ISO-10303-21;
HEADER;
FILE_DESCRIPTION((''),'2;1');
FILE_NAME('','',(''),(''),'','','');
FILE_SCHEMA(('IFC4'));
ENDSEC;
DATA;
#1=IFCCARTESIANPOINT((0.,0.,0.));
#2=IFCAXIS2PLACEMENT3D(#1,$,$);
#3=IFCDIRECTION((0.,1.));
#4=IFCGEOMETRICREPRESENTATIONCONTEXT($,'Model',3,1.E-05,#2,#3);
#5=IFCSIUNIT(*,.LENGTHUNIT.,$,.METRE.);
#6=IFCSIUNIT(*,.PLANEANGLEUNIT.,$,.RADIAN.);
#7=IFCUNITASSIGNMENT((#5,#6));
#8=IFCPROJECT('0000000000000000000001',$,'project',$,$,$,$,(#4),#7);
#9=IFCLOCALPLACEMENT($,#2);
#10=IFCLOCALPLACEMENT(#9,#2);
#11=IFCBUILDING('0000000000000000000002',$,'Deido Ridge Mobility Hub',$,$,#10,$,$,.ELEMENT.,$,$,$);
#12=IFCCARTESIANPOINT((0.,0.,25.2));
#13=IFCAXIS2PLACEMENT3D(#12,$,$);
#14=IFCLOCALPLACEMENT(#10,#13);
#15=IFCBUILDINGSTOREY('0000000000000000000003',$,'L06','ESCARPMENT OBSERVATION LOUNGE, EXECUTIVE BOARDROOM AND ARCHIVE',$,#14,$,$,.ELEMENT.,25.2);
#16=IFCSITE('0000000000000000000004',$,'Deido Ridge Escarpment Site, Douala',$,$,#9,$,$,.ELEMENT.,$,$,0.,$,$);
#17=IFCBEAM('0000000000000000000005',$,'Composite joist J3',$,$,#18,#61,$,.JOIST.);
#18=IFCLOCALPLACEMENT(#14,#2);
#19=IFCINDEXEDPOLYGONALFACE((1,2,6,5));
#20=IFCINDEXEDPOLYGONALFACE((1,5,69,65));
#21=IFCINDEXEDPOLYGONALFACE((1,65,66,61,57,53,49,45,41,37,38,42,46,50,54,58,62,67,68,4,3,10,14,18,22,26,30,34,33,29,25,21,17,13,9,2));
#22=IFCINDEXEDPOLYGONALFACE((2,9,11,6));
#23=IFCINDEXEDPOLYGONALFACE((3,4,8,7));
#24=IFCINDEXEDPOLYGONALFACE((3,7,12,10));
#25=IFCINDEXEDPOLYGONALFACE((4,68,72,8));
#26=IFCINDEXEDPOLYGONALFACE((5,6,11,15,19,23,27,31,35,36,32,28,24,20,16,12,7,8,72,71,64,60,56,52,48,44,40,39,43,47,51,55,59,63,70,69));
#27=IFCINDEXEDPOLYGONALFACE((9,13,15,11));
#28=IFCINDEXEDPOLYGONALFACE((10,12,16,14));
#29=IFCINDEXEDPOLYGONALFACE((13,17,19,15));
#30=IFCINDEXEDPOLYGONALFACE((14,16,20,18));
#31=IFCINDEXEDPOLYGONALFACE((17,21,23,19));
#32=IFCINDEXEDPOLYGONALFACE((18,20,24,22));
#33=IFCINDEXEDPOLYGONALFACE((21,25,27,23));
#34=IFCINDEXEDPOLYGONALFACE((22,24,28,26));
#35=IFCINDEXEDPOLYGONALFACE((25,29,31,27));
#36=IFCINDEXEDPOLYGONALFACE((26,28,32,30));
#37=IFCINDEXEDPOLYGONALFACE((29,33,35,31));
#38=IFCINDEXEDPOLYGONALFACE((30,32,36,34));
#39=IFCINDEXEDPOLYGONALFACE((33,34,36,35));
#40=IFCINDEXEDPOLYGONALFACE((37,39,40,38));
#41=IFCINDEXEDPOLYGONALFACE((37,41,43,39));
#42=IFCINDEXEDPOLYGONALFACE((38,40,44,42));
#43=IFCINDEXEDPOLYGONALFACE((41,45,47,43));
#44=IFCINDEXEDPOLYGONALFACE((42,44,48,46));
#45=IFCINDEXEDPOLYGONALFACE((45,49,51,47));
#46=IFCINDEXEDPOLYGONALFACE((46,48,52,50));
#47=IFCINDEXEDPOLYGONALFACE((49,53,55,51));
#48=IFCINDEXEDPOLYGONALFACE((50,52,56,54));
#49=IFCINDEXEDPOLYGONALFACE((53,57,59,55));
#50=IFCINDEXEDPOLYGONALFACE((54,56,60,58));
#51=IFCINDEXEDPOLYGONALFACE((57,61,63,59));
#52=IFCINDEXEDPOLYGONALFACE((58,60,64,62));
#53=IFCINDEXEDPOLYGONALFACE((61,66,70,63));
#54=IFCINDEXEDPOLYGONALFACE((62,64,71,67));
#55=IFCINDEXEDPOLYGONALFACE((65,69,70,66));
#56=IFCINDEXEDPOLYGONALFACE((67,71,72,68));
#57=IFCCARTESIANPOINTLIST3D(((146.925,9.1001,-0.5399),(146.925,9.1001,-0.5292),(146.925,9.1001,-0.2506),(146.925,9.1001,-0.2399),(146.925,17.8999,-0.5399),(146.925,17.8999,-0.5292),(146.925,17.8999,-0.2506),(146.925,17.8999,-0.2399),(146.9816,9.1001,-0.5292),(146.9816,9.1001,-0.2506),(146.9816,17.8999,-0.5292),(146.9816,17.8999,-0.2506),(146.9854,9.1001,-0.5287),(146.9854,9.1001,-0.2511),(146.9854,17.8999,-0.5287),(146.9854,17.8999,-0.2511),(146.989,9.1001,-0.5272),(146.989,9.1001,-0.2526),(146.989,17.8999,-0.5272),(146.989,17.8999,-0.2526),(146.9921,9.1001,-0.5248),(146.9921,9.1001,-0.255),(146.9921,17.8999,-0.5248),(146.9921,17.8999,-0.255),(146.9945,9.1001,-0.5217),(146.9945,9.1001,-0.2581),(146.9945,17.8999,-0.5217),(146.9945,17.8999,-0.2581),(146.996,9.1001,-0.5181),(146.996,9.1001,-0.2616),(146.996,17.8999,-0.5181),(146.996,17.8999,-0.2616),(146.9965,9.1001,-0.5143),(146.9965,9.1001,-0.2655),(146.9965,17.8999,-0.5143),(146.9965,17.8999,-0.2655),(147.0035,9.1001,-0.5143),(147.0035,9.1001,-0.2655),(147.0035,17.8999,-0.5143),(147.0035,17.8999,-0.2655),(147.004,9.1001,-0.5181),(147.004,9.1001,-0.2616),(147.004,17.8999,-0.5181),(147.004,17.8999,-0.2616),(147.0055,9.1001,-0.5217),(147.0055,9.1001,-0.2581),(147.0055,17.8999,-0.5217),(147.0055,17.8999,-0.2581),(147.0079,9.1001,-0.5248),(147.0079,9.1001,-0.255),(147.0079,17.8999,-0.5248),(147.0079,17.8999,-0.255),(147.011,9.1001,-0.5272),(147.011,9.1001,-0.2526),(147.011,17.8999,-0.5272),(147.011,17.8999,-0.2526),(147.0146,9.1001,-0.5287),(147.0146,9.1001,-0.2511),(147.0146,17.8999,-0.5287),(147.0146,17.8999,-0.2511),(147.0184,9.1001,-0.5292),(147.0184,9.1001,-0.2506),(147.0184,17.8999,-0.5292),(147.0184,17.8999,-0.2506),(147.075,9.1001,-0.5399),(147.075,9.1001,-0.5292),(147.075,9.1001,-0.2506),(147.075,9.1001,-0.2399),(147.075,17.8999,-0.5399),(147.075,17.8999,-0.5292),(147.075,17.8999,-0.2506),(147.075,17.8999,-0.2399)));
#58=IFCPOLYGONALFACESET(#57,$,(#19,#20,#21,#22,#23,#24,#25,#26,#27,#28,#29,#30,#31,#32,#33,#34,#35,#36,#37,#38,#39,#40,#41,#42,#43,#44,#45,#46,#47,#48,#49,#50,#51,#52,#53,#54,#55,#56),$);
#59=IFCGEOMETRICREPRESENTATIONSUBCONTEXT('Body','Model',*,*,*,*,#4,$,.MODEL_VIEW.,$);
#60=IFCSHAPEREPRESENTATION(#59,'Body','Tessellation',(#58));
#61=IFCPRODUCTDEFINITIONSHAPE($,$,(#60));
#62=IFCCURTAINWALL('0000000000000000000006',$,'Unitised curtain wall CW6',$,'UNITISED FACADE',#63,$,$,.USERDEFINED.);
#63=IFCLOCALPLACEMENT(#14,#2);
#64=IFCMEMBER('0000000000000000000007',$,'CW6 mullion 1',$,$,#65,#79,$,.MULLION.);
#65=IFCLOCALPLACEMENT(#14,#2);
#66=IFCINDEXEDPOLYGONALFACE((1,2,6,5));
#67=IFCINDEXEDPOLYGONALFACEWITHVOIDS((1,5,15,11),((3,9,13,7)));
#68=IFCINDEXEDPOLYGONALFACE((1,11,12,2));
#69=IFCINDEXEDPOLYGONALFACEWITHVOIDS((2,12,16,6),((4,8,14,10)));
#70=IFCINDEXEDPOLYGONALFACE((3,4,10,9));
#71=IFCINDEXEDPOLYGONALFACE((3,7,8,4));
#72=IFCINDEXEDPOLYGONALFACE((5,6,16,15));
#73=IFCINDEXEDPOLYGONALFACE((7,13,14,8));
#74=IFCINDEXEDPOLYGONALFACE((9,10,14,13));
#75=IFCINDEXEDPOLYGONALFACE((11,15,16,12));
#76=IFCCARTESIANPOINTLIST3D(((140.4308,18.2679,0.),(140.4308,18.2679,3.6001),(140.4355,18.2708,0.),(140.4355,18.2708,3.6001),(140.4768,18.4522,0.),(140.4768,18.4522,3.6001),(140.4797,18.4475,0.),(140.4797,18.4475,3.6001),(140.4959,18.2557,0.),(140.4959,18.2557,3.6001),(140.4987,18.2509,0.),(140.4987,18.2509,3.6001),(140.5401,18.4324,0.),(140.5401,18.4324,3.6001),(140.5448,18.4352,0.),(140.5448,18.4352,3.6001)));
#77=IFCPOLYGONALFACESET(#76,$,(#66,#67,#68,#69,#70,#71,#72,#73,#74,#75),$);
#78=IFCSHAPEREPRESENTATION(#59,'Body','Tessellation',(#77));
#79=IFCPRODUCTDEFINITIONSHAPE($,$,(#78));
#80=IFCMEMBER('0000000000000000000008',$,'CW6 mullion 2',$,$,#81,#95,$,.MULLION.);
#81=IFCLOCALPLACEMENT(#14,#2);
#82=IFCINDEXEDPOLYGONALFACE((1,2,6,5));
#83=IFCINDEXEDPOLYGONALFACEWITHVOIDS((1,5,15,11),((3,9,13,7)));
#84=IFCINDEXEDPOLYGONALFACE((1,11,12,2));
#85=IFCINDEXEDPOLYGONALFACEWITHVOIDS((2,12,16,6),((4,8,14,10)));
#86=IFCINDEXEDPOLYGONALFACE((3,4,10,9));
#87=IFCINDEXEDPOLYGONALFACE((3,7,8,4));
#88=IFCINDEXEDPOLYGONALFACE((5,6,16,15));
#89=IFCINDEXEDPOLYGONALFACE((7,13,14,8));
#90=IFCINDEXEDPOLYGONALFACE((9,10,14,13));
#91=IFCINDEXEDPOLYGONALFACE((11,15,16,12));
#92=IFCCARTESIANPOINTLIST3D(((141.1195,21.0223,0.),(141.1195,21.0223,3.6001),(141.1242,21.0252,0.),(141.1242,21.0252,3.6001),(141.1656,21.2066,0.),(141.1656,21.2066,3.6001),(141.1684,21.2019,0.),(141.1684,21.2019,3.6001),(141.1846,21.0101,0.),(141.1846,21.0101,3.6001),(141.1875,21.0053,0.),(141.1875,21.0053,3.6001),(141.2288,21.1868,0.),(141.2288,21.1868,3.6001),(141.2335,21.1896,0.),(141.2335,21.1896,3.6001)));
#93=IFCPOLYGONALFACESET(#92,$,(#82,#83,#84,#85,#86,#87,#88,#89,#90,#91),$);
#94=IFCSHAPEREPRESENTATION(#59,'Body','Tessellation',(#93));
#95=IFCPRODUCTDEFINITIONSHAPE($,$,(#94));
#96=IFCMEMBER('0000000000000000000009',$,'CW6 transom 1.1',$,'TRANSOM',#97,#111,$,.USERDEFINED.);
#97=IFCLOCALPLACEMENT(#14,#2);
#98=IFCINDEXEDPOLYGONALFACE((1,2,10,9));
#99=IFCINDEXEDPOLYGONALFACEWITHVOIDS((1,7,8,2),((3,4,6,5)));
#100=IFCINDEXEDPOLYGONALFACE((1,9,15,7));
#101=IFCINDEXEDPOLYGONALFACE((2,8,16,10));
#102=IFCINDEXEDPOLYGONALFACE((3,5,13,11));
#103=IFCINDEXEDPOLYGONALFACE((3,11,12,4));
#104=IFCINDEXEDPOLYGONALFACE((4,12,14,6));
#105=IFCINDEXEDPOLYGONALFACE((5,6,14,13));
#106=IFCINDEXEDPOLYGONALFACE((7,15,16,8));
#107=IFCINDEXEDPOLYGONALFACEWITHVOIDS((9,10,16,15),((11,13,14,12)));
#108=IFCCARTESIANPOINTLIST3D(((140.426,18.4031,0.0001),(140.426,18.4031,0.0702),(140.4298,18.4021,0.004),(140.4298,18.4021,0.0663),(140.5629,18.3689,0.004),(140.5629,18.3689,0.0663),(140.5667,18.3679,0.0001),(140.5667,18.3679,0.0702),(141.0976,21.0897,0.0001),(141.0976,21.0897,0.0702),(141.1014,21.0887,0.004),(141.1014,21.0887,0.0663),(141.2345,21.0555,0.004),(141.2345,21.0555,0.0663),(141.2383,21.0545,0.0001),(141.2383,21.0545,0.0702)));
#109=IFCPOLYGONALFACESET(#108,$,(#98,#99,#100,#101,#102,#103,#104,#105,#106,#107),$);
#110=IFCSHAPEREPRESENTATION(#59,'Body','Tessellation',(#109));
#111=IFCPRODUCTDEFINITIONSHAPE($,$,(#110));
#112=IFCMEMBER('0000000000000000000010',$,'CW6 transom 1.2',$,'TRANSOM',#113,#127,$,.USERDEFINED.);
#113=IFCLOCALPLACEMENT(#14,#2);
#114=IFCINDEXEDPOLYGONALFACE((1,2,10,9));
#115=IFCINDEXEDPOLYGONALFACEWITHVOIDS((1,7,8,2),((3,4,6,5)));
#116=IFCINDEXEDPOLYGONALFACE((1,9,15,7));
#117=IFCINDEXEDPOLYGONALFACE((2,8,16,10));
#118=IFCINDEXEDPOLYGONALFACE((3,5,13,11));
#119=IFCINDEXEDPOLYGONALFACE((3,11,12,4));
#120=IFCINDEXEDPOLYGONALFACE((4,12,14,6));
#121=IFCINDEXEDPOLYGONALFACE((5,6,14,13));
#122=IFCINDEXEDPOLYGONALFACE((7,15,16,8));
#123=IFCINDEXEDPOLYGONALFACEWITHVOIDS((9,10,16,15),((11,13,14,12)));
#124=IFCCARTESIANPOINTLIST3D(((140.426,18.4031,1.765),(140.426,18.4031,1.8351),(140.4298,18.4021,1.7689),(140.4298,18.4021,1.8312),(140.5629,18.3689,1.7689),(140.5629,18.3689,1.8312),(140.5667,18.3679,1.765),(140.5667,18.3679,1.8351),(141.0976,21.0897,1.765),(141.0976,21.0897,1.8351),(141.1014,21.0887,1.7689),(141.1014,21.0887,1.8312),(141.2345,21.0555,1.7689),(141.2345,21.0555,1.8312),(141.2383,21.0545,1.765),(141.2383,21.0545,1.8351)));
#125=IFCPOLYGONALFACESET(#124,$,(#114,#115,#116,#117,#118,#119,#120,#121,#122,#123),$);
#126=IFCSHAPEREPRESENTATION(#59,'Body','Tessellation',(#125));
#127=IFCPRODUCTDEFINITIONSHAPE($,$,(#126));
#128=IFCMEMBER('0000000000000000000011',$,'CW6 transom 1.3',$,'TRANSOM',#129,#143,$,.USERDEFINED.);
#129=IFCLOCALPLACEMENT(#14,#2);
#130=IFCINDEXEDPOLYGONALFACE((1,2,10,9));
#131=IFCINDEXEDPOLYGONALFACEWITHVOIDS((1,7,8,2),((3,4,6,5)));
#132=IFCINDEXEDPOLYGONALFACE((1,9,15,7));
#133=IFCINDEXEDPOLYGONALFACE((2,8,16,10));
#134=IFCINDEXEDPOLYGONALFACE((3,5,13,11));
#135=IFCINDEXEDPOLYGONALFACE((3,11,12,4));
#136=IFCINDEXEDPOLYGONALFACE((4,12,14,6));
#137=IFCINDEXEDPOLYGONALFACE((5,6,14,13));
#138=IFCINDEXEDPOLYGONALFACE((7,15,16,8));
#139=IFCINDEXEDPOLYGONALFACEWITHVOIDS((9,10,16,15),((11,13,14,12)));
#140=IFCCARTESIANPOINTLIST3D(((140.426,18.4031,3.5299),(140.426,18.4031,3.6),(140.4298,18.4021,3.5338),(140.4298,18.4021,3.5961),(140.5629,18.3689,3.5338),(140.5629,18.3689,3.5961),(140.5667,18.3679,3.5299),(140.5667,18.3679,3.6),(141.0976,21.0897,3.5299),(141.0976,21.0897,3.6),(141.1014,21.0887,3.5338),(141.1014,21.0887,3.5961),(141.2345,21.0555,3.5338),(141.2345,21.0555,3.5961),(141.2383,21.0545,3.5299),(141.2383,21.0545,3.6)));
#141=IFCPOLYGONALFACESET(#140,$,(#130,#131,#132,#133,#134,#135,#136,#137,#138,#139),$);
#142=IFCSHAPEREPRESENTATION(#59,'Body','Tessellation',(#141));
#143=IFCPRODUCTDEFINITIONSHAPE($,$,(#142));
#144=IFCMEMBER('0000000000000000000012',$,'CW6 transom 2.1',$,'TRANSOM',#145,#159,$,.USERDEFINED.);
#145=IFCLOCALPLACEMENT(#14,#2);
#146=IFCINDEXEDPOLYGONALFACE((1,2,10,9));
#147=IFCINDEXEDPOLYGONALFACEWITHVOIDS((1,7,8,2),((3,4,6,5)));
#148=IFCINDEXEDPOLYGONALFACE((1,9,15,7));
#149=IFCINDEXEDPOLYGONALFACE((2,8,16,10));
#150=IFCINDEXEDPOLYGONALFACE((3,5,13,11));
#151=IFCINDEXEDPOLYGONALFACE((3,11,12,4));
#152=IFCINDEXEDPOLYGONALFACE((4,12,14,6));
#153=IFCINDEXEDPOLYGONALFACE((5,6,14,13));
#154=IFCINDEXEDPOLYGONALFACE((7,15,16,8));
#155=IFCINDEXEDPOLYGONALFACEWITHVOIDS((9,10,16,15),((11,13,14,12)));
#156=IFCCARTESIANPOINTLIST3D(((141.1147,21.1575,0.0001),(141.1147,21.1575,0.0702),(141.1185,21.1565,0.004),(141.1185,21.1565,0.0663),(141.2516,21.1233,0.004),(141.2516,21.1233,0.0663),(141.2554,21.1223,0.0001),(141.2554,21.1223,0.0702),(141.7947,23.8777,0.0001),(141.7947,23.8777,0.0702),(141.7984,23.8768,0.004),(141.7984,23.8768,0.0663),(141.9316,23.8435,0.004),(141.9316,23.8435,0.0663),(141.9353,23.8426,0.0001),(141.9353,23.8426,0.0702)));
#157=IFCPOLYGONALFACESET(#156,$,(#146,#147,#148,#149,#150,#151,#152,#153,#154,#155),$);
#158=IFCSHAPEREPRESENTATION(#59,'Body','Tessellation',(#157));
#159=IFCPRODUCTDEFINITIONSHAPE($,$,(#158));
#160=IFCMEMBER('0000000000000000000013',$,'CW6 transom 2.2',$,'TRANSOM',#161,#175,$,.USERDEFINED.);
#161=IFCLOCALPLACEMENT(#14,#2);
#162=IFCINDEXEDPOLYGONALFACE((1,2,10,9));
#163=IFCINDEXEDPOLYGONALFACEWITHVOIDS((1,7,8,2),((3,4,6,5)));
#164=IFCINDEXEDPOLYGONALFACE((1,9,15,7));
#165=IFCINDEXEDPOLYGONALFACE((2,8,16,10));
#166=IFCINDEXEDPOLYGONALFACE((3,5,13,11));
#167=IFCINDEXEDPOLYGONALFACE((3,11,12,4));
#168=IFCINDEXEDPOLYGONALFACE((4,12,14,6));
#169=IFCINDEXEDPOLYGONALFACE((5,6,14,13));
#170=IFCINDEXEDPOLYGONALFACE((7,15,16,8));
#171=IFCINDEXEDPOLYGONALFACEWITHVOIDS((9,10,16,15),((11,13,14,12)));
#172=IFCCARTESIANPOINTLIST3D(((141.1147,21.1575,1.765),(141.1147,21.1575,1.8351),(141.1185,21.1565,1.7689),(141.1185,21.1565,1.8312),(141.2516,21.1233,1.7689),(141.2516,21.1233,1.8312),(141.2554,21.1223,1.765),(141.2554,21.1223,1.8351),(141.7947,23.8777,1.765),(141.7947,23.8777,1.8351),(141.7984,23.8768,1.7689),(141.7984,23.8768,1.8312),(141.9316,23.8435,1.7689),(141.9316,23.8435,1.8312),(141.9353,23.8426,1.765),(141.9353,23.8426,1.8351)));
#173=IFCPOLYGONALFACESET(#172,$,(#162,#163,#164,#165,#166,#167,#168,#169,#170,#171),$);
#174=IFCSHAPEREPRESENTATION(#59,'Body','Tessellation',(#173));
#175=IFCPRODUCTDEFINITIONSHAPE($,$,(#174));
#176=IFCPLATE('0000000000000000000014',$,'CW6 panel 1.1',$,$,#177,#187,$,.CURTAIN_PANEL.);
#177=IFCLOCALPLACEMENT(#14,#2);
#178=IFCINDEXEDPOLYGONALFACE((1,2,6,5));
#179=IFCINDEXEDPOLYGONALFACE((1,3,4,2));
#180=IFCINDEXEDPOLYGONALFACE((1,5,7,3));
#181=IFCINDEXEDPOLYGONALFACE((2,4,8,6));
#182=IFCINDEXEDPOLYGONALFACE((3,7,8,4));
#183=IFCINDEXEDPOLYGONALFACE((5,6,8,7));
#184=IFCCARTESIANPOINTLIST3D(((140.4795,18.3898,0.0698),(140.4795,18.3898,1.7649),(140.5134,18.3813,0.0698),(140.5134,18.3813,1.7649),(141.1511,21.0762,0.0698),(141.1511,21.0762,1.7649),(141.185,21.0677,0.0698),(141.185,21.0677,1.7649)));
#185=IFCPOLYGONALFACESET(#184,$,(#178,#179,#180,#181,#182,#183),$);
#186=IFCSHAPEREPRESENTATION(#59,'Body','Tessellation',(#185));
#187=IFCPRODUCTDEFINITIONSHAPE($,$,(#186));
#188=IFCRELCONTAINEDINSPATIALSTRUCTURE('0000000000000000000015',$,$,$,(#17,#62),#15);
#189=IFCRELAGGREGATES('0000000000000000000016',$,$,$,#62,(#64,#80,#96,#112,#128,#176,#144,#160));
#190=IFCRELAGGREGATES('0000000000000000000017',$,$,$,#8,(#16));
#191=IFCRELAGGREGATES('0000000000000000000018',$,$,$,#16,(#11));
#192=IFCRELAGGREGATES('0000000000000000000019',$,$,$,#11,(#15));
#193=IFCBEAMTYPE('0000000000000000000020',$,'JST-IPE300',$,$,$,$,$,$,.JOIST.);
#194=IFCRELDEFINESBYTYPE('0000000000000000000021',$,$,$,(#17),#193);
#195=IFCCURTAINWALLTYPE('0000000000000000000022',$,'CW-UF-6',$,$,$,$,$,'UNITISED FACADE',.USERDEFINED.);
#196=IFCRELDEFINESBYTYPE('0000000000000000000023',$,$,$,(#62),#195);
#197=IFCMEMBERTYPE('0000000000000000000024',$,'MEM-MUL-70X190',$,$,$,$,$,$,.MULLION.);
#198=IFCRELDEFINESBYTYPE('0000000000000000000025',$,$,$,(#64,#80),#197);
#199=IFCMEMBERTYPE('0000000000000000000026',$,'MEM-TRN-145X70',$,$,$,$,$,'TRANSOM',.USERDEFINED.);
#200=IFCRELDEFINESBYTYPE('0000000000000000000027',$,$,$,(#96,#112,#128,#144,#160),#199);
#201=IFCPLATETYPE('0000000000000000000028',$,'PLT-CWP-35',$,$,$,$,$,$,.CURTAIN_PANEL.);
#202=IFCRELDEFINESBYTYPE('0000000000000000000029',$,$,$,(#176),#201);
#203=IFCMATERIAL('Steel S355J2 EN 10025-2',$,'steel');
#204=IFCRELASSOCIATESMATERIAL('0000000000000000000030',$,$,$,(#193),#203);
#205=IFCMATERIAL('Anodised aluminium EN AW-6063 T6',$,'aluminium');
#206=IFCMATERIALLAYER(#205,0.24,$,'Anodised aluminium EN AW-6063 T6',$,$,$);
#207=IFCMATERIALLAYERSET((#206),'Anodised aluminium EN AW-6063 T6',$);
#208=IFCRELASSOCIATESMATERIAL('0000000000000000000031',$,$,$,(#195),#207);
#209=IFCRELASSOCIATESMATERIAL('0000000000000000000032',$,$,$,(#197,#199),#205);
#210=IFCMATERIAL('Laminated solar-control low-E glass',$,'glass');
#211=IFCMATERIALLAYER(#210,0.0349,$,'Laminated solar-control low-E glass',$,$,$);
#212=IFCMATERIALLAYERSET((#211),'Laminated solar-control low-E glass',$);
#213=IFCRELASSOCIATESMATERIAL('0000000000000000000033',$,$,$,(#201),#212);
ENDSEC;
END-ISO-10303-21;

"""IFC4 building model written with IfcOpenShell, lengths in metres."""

from ifc_helpers import new_model, si_unit, direction, frame, origin, origin_2d, place, context, subcontext, project, spatial, rectangle, hollow_rectangle, i_section, extrude, material, layer, layer_set, material_profile, profile_set, type_object, element, aggregate, save


model = new_model("IFC4")

# Units and contexts
model_context = context("Model", 3, precision=1e-05, world=origin(), true_north=direction((0.0, 1.0)))
body_context = subcontext(model_context, "Body", "Model", "MODEL_VIEW")
ifc_project = project(units=[si_unit("LENGTHUNIT", "METRE"), si_unit("PLANEANGLEUNIT", "RADIAN")], contexts=[model_context])

# Site, building, storey
site_placement = place(None, origin())
site = spatial("IfcSite", under=ifc_project, at=site_placement, Name="Deido Ridge Escarpment Site, Douala", CompositionType="ELEMENT", RefElevation=0.0)
building_placement = place(site_placement, origin())
building = spatial("IfcBuilding", under=site, at=building_placement, Name="Deido Ridge Mobility Hub", CompositionType="ELEMENT")
storey_placement = place(building_placement, frame((0.0, 0.0, 25.2)))
storey = spatial("IfcBuildingStorey", under=building, at=storey_placement, Name="L06", Description="ESCARPMENT OBSERVATION LOUNGE, EXECUTIVE BOARDROOM AND ARCHIVE", CompositionType="ELEMENT", Elevation=25.2)

# Shared definitions
ifc_material_1 = material(Name="Steel S355J2 EN 10025-2", Category="steel")

# Beam
ifc_material_profile_1 = material_profile(ifc_material_1, i_section(OverallWidth=0.1499, OverallDepth=0.3, WebThickness=0.0071, FlangeThickness=0.0107, FilletRadius=0.0149, at=origin_2d()), Name="IPE 300")
ifc_profile_set_1 = profile_set([ifc_material_profile_1], Name="Steel S355J2 EN 10025-2")
beam_type_1 = type_object("IfcBeamType", Name="JST-IPE300", PredefinedType="JOIST", material=ifc_profile_set_1)
beam_1_placement = place(storey_placement, frame((147.0, 9.1001, -0.3899), z_axis=(0.0, 1.0, 0.0), x_axis=(-1.0, 0.0, 0.0)))
element("IfcBeam", 1, at=beam_1_placement, inside=storey, type_object=beam_type_1, Name="Composite joist J3", PredefinedType="JOIST", context=body_context, shape_type="SweptSolid", body=[
    extrude(i_section(OverallWidth=0.1499, OverallDepth=0.3, WebThickness=0.0071, FlangeThickness=0.0107, FilletRadius=0.0149, at=origin_2d()), origin(), (0.0, 0.0, 1.0), 8.7998),
])

# Curtain wall, members, plate
ifc_material_2 = material(Name="Anodised aluminium EN AW-6063 T6", Category="aluminium")
ifc_layer_1 = layer(ifc_material_2, 0.24, Name="Anodised aluminium EN AW-6063 T6")
ifc_layer_set_1 = layer_set([ifc_layer_1], Name="Anodised aluminium EN AW-6063 T6")
curtain_wall_type = type_object("IfcCurtainWallType", Name="CW-UF-6", ElementType="UNITISED FACADE", PredefinedType="USERDEFINED", material=ifc_layer_set_1)
curtain_wall_placement = place(storey_placement, origin())
curtain_wall = element("IfcCurtainWall", 2, at=curtain_wall_placement, inside=storey, type_object=curtain_wall_type, Name="Unitised curtain wall CW6", ObjectType="UNITISED FACADE", PredefinedType="USERDEFINED")
ifc_material_profile_2 = material_profile(ifc_material_2, hollow_rectangle(XDim=0.0701, YDim=0.1899, WallThickness=0.0039, at=origin_2d()), Name="RHS 70x190x4")
ifc_profile_set_2 = profile_set([ifc_material_profile_2], Name="Anodised aluminium EN AW-6063 T6")
member_type_1 = type_object("IfcMemberType", Name="MEM-MUL-70X190", PredefinedType="MULLION", material=ifc_profile_set_2)
member_1_placement = place(storey_placement, frame((140.4878, 18.3516, 0.0), z_axis=(0.0, 0.0, 1.0), x_axis=(-0.970143, 0.242536, 0.0)))
member_1 = element("IfcMember", 3, at=member_1_placement, type_object=member_type_1, Name="CW6 mullion 1", PredefinedType="MULLION", context=body_context, shape_type="SweptSolid", body=[
    extrude(hollow_rectangle(XDim=0.0701, YDim=0.1899, WallThickness=0.0039, at=origin_2d()), origin(), (0.0, 0.0, 1.0), 3.6001),
])
member_2_placement = place(storey_placement, frame((141.1765, 21.106, 0.0), z_axis=(0.0, 0.0, 1.0), x_axis=(-0.970143, 0.242536, 0.0)))
member_2 = element("IfcMember", 4, at=member_2_placement, type_object=member_type_1, Name="CW6 mullion 2", PredefinedType="MULLION", context=body_context, shape_type="SweptSolid", body=[
    extrude(hollow_rectangle(XDim=0.0701, YDim=0.1899, WallThickness=0.0039, at=origin_2d()), origin(), (0.0, 0.0, 1.0), 3.6001),
])
ifc_material_profile_3 = material_profile(ifc_material_2, hollow_rectangle(XDim=0.145, YDim=0.0701, WallThickness=0.0039, at=origin_2d()), Name="RHS 145x70x4")
ifc_profile_set_3 = profile_set([ifc_material_profile_3], Name="Anodised aluminium EN AW-6063 T6")
member_type_2 = type_object("IfcMemberType", Name="MEM-TRN-145X70", ElementType="TRANSOM", PredefinedType="USERDEFINED", material=ifc_profile_set_3)
member_3_placement = place(storey_placement, frame((140.4963, 18.3855, 0.0352), z_axis=(0.242536, 0.970143, 0.0), x_axis=(-0.970143, 0.242536, 0.0)))
member_3 = element("IfcMember", 5, at=member_3_placement, type_object=member_type_2, Name="CW6 transom 1.1", ObjectType="TRANSOM", PredefinedType="USERDEFINED", context=body_context, shape_type="SweptSolid", body=[
    extrude(hollow_rectangle(XDim=0.145, YDim=0.0701, WallThickness=0.0039, at=origin_2d()), origin(), (0.0, 0.0, 1.0), 2.7693),
])
member_4_placement = place(storey_placement, frame((140.4963, 18.3855, 1.8), z_axis=(0.242536, 0.970143, 0.0), x_axis=(-0.970143, 0.242536, 0.0)))
member_4 = element("IfcMember", 6, at=member_4_placement, type_object=member_type_2, Name="CW6 transom 1.2", ObjectType="TRANSOM", PredefinedType="USERDEFINED", context=body_context, shape_type="SweptSolid", body=[
    extrude(hollow_rectangle(XDim=0.145, YDim=0.0701, WallThickness=0.0039, at=origin_2d()), origin(), (0.0, 0.0, 1.0), 2.7693),
])
member_5_placement = place(storey_placement, frame((140.4963, 18.3855, 3.5649), z_axis=(0.242536, 0.970143, 0.0), x_axis=(-0.970143, 0.242536, 0.0)))
member_5 = element("IfcMember", 7, at=member_5_placement, type_object=member_type_2, Name="CW6 transom 1.3", ObjectType="TRANSOM", PredefinedType="USERDEFINED", context=body_context, shape_type="SweptSolid", body=[
    extrude(hollow_rectangle(XDim=0.145, YDim=0.0701, WallThickness=0.0039, at=origin_2d()), origin(), (0.0, 0.0, 1.0), 2.7693),
])
member_6_placement = place(storey_placement, frame((141.1851, 21.1399, 0.0352), z_axis=(0.242495, 0.970153, 0.0), x_axis=(-0.970153, 0.242495, 0.0)))
member_6 = element("IfcMember", 8, at=member_6_placement, type_object=member_type_2, Name="CW6 transom 2.1", ObjectType="TRANSOM", PredefinedType="USERDEFINED", context=body_context, shape_type="SweptSolid", body=[
    extrude(hollow_rectangle(XDim=0.145, YDim=0.0701, WallThickness=0.0039, at=origin_2d()), origin(), (0.0, 0.0, 1.0), 2.804),
])
member_7_placement = place(storey_placement, frame((141.1851, 21.1399, 1.8), z_axis=(0.242495, 0.970153, 0.0), x_axis=(-0.970153, 0.242495, 0.0)))
member_7 = element("IfcMember", 9, at=member_7_placement, type_object=member_type_2, Name="CW6 transom 2.2", ObjectType="TRANSOM", PredefinedType="USERDEFINED", context=body_context, shape_type="SweptSolid", body=[
    extrude(hollow_rectangle(XDim=0.145, YDim=0.0701, WallThickness=0.0039, at=origin_2d()), origin(), (0.0, 0.0, 1.0), 2.804),
])
ifc_material_3 = material(Name="Laminated solar-control low-E glass", Category="glass")
ifc_layer_2 = layer(ifc_material_3, 0.0349, Name="Laminated solar-control low-E glass")
ifc_layer_set_2 = layer_set([ifc_layer_2], Name="Laminated solar-control low-E glass")
plate_type = type_object("IfcPlateType", Name="PLT-CWP-35", PredefinedType="CURTAIN_PANEL", material=ifc_layer_set_2)
plate_1_placement = place(storey_placement, frame((140.8323, 19.7288, 0.0698), z_axis=(0.0, 0.0, 1.0), x_axis=(0.242536, 0.970143, 0.0)))
plate_1 = element("IfcPlate", 10, at=plate_1_placement, type_object=plate_type, Name="CW6 panel 1.1", PredefinedType="CURTAIN_PANEL", context=body_context, shape_type="SweptSolid", body=[
    extrude(rectangle(XDim=2.769, YDim=0.0349, at=origin_2d()), origin(), (0.0, 0.0, 1.0), 1.6951),
])
aggregate(curtain_wall, [member_1, member_2, member_3, member_4, member_5, plate_1, member_6, member_7])

save(model, "model.ifc")
